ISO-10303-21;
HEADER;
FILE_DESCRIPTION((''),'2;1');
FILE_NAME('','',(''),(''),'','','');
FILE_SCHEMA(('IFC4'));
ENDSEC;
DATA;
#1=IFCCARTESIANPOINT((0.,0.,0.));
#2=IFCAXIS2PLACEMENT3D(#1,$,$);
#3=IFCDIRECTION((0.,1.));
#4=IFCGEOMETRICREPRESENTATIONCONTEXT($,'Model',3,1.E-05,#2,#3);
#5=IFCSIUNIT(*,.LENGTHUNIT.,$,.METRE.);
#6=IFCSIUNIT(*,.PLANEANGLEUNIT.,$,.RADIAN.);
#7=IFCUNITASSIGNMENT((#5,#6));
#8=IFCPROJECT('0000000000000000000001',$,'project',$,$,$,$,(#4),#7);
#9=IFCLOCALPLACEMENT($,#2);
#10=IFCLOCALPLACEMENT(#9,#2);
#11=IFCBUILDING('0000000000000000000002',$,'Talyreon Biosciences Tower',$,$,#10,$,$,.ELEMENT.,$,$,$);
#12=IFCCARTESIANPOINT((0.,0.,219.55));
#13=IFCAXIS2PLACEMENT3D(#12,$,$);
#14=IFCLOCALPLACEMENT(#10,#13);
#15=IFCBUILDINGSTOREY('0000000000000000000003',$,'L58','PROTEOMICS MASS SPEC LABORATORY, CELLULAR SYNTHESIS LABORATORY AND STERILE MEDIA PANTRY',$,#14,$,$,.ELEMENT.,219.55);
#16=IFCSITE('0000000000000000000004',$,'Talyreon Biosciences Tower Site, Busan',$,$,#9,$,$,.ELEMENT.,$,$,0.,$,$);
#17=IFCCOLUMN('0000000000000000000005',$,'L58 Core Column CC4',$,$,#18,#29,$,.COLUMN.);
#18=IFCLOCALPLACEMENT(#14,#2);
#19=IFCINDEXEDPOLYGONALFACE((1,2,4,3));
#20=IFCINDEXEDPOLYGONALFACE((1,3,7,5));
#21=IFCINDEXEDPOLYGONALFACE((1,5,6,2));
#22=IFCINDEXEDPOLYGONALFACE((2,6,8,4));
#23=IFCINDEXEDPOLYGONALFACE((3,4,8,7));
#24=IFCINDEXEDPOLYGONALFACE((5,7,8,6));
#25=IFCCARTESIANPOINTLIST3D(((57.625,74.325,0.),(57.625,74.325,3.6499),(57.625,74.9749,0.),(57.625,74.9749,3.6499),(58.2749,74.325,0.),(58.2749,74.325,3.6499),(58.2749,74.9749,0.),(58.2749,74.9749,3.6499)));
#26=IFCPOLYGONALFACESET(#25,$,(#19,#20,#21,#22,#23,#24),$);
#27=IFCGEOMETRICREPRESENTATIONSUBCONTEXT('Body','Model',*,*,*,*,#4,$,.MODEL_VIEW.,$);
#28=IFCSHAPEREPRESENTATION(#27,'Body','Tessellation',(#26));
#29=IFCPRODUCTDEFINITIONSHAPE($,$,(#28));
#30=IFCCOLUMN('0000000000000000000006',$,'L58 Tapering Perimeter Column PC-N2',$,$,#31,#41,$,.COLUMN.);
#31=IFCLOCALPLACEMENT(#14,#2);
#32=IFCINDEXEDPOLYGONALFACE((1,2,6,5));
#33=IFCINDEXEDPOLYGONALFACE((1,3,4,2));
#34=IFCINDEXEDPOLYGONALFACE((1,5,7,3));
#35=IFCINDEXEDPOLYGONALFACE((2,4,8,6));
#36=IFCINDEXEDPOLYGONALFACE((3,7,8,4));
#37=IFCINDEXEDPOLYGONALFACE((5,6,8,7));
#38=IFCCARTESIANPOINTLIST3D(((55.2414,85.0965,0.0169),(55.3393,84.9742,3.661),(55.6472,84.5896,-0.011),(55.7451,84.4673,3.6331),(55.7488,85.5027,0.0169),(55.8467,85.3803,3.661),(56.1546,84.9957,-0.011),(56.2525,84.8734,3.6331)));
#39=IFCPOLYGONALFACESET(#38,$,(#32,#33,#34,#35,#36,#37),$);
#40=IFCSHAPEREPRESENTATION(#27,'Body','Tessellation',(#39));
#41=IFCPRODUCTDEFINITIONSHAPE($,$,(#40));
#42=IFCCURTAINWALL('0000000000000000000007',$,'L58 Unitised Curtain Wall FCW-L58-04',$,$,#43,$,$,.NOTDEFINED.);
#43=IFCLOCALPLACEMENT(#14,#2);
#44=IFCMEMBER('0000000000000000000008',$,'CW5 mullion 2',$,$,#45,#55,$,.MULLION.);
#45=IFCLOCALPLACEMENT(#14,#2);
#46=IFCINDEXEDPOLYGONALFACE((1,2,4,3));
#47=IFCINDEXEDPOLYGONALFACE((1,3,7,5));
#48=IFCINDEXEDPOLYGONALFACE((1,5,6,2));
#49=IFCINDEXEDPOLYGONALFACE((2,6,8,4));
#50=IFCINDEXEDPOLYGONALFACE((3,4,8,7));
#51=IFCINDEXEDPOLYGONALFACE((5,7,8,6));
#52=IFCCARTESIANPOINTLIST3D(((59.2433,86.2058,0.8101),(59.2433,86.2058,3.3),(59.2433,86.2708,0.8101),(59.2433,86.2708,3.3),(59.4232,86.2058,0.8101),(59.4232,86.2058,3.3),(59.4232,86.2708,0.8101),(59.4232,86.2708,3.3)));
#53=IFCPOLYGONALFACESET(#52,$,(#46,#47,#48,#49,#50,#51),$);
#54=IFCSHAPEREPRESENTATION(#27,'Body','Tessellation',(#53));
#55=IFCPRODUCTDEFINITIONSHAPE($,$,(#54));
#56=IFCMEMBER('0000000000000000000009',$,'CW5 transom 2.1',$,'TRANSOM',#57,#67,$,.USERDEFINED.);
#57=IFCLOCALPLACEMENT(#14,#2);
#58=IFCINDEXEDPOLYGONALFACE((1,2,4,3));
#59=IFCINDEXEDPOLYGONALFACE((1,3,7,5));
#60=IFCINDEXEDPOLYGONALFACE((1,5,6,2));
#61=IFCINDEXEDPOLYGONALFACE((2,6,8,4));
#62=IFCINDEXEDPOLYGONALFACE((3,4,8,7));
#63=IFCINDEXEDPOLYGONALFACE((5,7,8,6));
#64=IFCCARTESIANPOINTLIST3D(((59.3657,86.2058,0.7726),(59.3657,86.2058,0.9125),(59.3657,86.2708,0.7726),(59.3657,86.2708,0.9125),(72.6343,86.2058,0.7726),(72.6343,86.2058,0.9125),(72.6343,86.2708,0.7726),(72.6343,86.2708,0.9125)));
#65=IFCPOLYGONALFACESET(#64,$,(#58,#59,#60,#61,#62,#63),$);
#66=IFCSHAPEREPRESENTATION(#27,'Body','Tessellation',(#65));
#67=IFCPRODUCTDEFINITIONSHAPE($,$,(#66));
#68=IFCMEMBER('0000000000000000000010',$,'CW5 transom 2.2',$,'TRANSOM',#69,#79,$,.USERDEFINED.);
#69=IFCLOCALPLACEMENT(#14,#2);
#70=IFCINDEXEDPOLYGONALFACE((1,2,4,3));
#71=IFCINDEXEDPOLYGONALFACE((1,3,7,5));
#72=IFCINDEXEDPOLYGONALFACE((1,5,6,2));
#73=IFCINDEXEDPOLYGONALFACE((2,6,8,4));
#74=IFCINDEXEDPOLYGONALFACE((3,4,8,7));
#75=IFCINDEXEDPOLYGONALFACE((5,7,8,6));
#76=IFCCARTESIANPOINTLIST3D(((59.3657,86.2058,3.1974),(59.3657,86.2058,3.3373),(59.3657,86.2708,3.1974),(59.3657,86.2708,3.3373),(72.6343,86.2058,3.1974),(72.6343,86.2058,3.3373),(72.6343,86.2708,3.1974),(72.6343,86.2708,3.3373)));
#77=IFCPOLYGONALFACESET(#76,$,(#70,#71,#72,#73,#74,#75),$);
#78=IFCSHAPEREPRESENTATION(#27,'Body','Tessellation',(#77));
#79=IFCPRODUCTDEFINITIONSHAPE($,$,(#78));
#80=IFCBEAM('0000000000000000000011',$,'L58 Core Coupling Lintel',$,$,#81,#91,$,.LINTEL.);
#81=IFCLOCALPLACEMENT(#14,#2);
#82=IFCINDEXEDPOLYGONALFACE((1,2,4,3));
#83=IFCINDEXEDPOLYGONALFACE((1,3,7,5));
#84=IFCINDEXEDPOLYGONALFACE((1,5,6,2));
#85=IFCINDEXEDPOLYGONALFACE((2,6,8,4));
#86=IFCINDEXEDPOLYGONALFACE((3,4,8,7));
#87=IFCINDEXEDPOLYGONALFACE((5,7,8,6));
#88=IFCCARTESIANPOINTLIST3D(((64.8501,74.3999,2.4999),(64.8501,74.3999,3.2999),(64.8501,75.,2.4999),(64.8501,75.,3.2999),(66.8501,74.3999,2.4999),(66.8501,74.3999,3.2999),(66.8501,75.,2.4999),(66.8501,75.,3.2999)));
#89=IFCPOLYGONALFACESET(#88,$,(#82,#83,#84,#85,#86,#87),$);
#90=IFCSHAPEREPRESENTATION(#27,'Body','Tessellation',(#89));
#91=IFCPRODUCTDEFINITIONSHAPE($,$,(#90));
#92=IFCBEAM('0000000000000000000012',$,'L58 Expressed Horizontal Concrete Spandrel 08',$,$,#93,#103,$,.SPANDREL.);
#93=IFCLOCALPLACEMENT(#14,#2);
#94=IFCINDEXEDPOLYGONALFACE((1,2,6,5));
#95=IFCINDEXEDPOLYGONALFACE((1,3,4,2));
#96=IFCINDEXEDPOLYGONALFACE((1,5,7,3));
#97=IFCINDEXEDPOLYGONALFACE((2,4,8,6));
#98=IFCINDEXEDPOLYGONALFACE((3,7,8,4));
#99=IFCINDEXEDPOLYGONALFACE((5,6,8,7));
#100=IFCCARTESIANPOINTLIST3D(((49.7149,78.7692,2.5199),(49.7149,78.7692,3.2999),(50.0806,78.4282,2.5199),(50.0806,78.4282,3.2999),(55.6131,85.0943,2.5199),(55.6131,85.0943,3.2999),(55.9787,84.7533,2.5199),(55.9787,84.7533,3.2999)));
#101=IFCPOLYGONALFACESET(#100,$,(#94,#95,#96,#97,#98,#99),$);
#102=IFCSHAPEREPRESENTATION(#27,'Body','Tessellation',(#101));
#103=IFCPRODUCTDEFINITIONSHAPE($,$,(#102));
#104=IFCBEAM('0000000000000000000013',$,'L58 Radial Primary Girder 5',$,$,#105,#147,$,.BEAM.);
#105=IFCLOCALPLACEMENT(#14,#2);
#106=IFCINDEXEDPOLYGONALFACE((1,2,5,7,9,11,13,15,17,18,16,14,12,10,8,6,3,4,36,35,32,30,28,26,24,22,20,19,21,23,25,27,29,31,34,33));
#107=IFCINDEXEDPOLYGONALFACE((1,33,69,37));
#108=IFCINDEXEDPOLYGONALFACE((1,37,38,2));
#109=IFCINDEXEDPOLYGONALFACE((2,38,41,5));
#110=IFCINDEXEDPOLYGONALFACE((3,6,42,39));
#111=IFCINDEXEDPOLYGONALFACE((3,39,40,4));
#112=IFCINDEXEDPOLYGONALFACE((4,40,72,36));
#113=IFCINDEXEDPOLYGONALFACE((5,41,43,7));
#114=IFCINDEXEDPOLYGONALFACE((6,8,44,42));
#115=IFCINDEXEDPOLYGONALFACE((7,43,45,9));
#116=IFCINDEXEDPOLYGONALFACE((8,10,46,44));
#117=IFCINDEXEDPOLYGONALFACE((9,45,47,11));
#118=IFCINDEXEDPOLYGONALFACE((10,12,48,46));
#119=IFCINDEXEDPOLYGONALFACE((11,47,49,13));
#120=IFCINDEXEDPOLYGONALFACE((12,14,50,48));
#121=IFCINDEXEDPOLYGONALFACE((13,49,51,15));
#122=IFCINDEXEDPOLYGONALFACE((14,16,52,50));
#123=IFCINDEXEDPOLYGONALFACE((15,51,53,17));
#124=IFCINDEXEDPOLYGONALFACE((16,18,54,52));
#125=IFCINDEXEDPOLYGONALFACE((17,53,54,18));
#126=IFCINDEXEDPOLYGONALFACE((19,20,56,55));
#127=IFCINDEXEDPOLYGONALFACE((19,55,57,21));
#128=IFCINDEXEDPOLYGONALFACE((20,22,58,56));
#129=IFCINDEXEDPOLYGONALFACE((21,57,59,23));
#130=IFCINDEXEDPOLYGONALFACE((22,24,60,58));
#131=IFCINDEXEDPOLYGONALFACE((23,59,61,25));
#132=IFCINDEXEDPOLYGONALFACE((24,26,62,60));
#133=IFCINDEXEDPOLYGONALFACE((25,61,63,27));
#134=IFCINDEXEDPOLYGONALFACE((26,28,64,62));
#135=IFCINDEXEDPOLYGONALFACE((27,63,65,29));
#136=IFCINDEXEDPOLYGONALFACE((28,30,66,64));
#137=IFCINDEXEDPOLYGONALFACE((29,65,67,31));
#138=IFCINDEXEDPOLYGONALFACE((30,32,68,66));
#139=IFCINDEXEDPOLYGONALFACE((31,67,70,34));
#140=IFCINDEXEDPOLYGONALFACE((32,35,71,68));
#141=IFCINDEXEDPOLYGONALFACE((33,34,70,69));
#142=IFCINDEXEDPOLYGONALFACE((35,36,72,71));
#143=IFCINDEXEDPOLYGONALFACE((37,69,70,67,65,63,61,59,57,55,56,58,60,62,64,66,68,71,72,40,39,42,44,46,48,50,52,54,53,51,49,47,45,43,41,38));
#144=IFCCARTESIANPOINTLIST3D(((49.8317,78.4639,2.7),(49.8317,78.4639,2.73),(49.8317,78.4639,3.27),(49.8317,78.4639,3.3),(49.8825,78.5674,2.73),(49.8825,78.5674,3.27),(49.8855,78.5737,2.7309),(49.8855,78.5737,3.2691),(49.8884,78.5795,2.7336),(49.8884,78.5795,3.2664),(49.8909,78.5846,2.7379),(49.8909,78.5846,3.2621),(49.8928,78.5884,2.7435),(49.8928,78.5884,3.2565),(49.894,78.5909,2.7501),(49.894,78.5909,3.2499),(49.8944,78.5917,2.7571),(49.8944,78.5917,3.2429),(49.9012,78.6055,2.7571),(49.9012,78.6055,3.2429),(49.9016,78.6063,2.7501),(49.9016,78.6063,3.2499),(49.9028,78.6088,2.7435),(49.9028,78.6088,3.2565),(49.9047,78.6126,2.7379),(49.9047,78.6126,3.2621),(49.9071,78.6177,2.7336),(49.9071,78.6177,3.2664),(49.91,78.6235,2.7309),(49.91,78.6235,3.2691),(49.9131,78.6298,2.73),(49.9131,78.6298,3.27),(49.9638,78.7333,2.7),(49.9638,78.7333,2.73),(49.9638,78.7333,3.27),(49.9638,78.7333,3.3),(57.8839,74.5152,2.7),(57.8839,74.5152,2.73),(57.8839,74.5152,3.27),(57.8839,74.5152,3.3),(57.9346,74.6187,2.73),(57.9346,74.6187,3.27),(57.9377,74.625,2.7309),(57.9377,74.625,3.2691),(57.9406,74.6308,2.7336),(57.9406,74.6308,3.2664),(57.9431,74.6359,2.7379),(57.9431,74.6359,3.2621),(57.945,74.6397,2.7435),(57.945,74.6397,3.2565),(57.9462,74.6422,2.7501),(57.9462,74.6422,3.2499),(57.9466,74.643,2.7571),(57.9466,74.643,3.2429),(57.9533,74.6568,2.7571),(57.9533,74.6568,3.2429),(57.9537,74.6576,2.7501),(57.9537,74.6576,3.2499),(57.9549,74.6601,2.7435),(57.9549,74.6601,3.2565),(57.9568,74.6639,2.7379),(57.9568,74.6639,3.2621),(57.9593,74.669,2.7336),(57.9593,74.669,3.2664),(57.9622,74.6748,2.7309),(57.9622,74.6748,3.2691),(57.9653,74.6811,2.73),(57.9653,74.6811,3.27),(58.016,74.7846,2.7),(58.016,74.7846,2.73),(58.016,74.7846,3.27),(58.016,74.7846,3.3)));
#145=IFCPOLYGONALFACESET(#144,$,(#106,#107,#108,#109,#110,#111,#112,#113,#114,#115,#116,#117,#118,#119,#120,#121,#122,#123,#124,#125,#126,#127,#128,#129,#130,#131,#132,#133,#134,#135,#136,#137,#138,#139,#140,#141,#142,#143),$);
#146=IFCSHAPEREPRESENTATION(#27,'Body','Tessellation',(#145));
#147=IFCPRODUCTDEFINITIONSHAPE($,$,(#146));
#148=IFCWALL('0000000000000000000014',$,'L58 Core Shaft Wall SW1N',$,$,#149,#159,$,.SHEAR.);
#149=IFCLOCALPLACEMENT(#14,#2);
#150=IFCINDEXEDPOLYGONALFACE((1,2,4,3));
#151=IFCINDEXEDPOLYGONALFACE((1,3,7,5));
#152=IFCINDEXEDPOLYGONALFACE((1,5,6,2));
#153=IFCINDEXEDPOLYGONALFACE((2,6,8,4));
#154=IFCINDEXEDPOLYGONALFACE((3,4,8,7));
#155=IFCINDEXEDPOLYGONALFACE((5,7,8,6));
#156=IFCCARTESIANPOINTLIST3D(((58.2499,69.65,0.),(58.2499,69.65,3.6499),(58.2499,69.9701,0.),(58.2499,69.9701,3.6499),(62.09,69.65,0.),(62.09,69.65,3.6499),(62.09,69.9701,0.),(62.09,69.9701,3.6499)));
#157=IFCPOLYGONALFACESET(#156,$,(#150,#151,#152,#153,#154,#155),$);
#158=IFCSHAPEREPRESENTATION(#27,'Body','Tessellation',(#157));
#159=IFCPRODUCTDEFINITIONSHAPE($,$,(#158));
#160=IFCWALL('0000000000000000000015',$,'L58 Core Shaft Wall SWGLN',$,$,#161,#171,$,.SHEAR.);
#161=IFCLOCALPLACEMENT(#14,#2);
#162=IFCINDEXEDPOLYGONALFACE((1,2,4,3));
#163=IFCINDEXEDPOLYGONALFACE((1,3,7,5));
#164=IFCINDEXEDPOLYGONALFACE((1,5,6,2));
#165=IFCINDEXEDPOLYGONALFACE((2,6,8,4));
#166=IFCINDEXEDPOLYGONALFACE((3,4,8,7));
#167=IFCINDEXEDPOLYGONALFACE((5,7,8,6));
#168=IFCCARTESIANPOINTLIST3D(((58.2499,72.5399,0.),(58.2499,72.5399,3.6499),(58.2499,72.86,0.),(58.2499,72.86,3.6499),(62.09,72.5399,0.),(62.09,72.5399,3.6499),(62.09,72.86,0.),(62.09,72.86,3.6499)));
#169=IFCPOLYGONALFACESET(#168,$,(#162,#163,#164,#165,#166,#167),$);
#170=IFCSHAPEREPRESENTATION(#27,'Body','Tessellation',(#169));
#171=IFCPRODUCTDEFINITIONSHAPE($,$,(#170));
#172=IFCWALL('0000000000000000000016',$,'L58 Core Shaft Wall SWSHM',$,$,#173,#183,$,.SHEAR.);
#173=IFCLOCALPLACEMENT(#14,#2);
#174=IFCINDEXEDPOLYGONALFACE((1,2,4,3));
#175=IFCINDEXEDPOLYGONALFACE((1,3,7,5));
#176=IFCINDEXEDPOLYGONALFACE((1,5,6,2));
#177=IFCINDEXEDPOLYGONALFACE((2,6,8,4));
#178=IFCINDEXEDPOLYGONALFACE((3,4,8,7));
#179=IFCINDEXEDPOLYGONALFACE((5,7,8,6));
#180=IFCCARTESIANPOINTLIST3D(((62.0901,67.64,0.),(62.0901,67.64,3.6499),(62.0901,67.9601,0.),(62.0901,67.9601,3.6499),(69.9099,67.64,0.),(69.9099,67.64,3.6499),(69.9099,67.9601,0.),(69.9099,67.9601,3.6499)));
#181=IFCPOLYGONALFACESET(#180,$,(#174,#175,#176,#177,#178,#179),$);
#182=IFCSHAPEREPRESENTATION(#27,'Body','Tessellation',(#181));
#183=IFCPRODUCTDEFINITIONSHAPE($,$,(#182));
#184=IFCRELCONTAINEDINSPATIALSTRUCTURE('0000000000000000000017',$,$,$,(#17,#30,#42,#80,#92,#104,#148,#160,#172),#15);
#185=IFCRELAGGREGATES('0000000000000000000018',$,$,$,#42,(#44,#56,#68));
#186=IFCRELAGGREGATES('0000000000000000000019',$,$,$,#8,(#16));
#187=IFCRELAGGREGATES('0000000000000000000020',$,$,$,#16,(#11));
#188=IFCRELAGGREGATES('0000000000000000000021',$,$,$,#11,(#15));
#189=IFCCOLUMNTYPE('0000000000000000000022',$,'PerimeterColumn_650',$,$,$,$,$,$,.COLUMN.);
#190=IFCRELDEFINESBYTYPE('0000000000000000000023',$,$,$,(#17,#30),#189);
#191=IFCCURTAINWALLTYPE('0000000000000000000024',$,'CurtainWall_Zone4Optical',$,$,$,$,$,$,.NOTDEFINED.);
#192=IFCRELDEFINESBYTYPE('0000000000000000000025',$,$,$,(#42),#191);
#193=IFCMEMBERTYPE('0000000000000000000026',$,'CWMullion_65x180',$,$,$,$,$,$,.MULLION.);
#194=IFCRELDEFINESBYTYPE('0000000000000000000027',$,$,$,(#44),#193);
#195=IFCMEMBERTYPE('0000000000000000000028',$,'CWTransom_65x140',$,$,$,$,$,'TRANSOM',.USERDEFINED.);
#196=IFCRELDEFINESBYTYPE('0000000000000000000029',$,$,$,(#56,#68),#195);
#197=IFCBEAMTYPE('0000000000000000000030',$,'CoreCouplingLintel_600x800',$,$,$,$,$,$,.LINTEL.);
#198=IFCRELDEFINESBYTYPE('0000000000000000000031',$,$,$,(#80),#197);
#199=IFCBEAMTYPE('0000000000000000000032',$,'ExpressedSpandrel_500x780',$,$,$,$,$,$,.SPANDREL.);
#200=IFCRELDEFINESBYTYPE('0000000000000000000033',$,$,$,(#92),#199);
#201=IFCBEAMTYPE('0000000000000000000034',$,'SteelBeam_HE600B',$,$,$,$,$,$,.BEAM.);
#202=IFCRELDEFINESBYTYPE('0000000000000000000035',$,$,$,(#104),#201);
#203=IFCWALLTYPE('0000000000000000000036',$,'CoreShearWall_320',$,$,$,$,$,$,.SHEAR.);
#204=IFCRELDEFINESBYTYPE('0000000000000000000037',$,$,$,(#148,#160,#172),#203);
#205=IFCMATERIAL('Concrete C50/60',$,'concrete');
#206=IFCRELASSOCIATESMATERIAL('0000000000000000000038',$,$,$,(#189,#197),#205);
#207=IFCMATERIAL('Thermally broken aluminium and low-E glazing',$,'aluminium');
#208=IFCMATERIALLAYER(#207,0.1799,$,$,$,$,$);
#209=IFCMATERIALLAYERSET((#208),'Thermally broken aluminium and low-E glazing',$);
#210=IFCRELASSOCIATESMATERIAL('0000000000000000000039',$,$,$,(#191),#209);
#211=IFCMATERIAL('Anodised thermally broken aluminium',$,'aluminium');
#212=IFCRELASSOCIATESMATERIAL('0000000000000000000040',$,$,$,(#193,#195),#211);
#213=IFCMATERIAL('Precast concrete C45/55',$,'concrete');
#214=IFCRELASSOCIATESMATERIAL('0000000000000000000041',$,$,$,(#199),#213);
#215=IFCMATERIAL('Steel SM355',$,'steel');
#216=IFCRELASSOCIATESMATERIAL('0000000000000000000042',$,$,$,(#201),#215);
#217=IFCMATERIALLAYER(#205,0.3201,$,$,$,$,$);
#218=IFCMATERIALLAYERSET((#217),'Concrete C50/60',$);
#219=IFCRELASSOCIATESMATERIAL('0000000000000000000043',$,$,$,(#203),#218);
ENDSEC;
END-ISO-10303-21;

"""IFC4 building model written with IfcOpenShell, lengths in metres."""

from ifc_helpers import new_model, si_unit, direction, frame, frame_2d, origin, origin_2d, place, context, subcontext, project, spatial, rectangle, i_section, extrude, material, layer, layer_set, material_profile, profile_set, type_object, element, aggregate, save


model = new_model("IFC4")

# Units and contexts
model_context = context("Model", 3, precision=1e-05, world=origin(), true_north=direction((0.0, 1.0)))
body_context = subcontext(model_context, "Body", "Model", "MODEL_VIEW")
ifc_project = project(units=[si_unit("LENGTHUNIT", "METRE"), si_unit("PLANEANGLEUNIT", "RADIAN")], contexts=[model_context])

# Site, building, storey
site_placement = place(None, origin())
site = spatial("IfcSite", under=ifc_project, at=site_placement, Name="Talyreon Biosciences Tower Site, Busan", CompositionType="ELEMENT", RefElevation=0.0)
building_placement = place(site_placement, origin())
building = spatial("IfcBuilding", under=site, at=building_placement, Name="Talyreon Biosciences Tower", CompositionType="ELEMENT")
storey_placement = place(building_placement, frame((0.0, 0.0, 219.55)))
storey = spatial("IfcBuildingStorey", under=building, at=storey_placement, Name="L58", Description="PROTEOMICS MASS SPEC LABORATORY, CELLULAR SYNTHESIS LABORATORY AND STERILE MEDIA PANTRY", CompositionType="ELEMENT", Elevation=219.55)

# Columns
ifc_material_1 = material(Name="Concrete C50/60", Category="concrete")
ifc_material_profile_1 = material_profile(ifc_material_1, rectangle(XDim=0.6499, YDim=0.6499, at=origin_2d()), Name="RC 650x650")
ifc_profile_set_1 = profile_set([ifc_material_profile_1], Name="Concrete C50/60")
column_type = type_object("IfcColumnType", Name="PerimeterColumn_650", PredefinedType="COLUMN", material=ifc_profile_set_1)
column_1_placement = place(storey_placement, frame((57.95, 74.6499, 0.0), z_axis=(0.0, 0.0, 1.0), x_axis=(1.0, 0.0, 0.0)))
element("IfcColumn", 1, at=column_1_placement, inside=storey, type_object=column_type, Name="L58 Core Column CC4", PredefinedType="COLUMN", context=body_context, shape_type="SweptSolid", body=[
    extrude(rectangle(XDim=0.6499, YDim=0.6499, at=origin_2d()), origin(), (0.0, 0.0, 1.0), 3.6499),
])
column_2_placement = place(storey_placement, frame((55.698, 85.0461, 0.0029), z_axis=(0.026841, -0.033535, 0.999077), x_axis=(-0.780717, -0.624885, 0.0)))
element("IfcColumn", 2, at=column_2_placement, inside=storey, type_object=column_type, Name="L58 Tapering Perimeter Column PC-N2", PredefinedType="COLUMN", context=body_context, shape_type="SweptSolid", body=[
    extrude(rectangle(XDim=0.6499, YDim=0.6499, at=origin_2d()), origin(), (0.0, 0.0, 1.0), 3.6475),
])

# Curtain wall, members
ifc_material_2 = material(Name="Thermally broken aluminium and low-E glazing", Category="aluminium")
ifc_layer_1 = layer(ifc_material_2, 0.1799)
ifc_layer_set_1 = layer_set([ifc_layer_1], Name="Thermally broken aluminium and low-E glazing")
curtain_wall_type = type_object("IfcCurtainWallType", Name="CurtainWall_Zone4Optical", PredefinedType="NOTDEFINED", material=ifc_layer_set_1)
curtain_wall_placement = place(storey_placement, origin())
curtain_wall = element("IfcCurtainWall", 3, at=curtain_wall_placement, inside=storey, type_object=curtain_wall_type, Name="L58 Unitised Curtain Wall FCW-L58-04", PredefinedType="NOTDEFINED")
ifc_material_3 = material(Name="Anodised thermally broken aluminium", Category="aluminium")
ifc_material_profile_2 = material_profile(ifc_material_3, rectangle(XDim=0.0649, YDim=0.1799, at=origin_2d()), Name="ALUM MULLION 65x180")
ifc_profile_set_2 = profile_set([ifc_material_profile_2], Name="Anodised thermally broken aluminium")
member_type_1 = type_object("IfcMemberType", Name="CWMullion_65x180", PredefinedType="MULLION", material=ifc_profile_set_2)
member_1_placement = place(storey_placement, frame((59.3333, 86.2383, 0.8101), z_axis=(0.0, 0.0, 1.0), x_axis=(0.0, 1.0, 0.0)))
member_1 = element("IfcMember", 4, at=member_1_placement, type_object=member_type_1, Name="CW5 mullion 2", PredefinedType="MULLION", context=body_context, shape_type="SweptSolid", body=[
    extrude(rectangle(XDim=0.0649, YDim=0.1799, at=origin_2d()), origin(), (0.0, 0.0, 1.0), 2.49),
])
ifc_material_profile_3 = material_profile(ifc_material_3, rectangle(XDim=0.0649, YDim=0.1399, at=origin_2d()), Name="ALUM TRANSOM 65x140")
ifc_profile_set_3 = profile_set([ifc_material_profile_3], Name="Anodised thermally broken aluminium")
member_type_2 = type_object("IfcMemberType", Name="CWTransom_65x140", ElementType="TRANSOM", PredefinedType="USERDEFINED", material=ifc_profile_set_3)
member_2_placement = place(storey_placement, frame((59.3657, 86.2383, 0.8425), z_axis=(1.0, 0.0, 0.0), x_axis=(0.0, 1.0, 0.0)))
member_2 = element("IfcMember", 5, at=member_2_placement, type_object=member_type_2, Name="CW5 transom 2.1", ObjectType="TRANSOM", PredefinedType="USERDEFINED", context=body_context, shape_type="SweptSolid", body=[
    extrude(rectangle(XDim=0.0649, YDim=0.1399, at=origin_2d()), origin(), (0.0, 0.0, 1.0), 13.2686),
])
member_3_placement = place(storey_placement, frame((59.3657, 86.2383, 3.2673), z_axis=(1.0, 0.0, 0.0), x_axis=(0.0, 1.0, 0.0)))
member_3 = element("IfcMember", 6, at=member_3_placement, type_object=member_type_2, Name="CW5 transom 2.2", ObjectType="TRANSOM", PredefinedType="USERDEFINED", context=body_context, shape_type="SweptSolid", body=[
    extrude(rectangle(XDim=0.0649, YDim=0.1399, at=origin_2d()), origin(), (0.0, 0.0, 1.0), 13.2686),
])
aggregate(curtain_wall, [member_1, member_2, member_3])

# Beams
ifc_material_profile_4 = material_profile(ifc_material_1, rectangle(XDim=0.6001, YDim=0.8, at=origin_2d()), Name="RCB 600x800")
ifc_profile_set_4 = profile_set([ifc_material_profile_4], Name="Concrete C50/60")
beam_type_1 = type_object("IfcBeamType", Name="CoreCouplingLintel_600x800", PredefinedType="LINTEL", material=ifc_profile_set_4)
beam_1_placement = place(storey_placement, frame((64.8501, 74.7, 2.8999), z_axis=(1.0, 0.0, 0.0), x_axis=(0.0, 1.0, 0.0)))
element("IfcBeam", 7, at=beam_1_placement, inside=storey, type_object=beam_type_1, Name="L58 Core Coupling Lintel", PredefinedType="LINTEL", context=body_context, shape_type="SweptSolid", body=[
    extrude(rectangle(XDim=0.6001, YDim=0.8, at=origin_2d()), origin(), (0.0, 0.0, 1.0), 2.0),
])
ifc_material_4 = material(Name="Precast concrete C45/55", Category="concrete")
ifc_material_profile_5 = material_profile(ifc_material_4, rectangle(XDim=0.5, YDim=0.78, at=origin_2d()), Name="RCB 500x780")
ifc_profile_set_5 = profile_set([ifc_material_profile_5], Name="Precast concrete C45/55")
beam_type_2 = type_object("IfcBeamType", Name="ExpressedSpandrel_500x780", PredefinedType="SPANDREL", material=ifc_profile_set_5)
beam_2_placement = place(storey_placement, frame((55.7959, 84.9238, 2.9099), z_axis=(-0.681989, -0.731362, 0.0), x_axis=(0.731362, -0.681989, 0.0)))
element("IfcBeam", 8, at=beam_2_placement, inside=storey, type_object=beam_type_2, Name="L58 Expressed Horizontal Concrete Spandrel 08", PredefinedType="SPANDREL", context=body_context, shape_type="SweptSolid", body=[
    extrude(rectangle(XDim=0.5, YDim=0.78, at=origin_2d()), origin(), (0.0, 0.0, 1.0), 8.6484),
])
ifc_material_5 = material(Name="Steel SM355", Category="steel")
ifc_material_profile_6 = material_profile(ifc_material_5, i_section(OverallWidth=0.3, OverallDepth=0.6001, WebThickness=0.0154, FlangeThickness=0.03, FilletRadius=0.0271, at=origin_2d()), Name="HE600B")
ifc_profile_set_6 = profile_set([ifc_material_profile_6], Name="Steel SM355")
beam_type_3 = type_object("IfcBeamType", Name="SteelBeam_HE600B", PredefinedType="BEAM", material=ifc_profile_set_6)
beam_3_placement = place(storey_placement, frame((57.95, 74.6499, 3.0), z_axis=(-0.897852, 0.440297, 0.0), x_axis=(-0.440297, -0.897852, 0.0)))
element("IfcBeam", 9, at=beam_3_placement, inside=storey, type_object=beam_type_3, Name="L58 Radial Primary Girder 5", PredefinedType="BEAM", context=body_context, shape_type="SweptSolid", body=[
    extrude(i_section(OverallWidth=0.3, OverallDepth=0.6001, WebThickness=0.0154, FlangeThickness=0.03, FilletRadius=0.0271, at=origin_2d()), origin(), (0.0, 0.0, 1.0), 8.9683),
])

# Walls
ifc_layer_2 = layer(ifc_material_1, 0.3201)
ifc_layer_set_2 = layer_set([ifc_layer_2], Name="Concrete C50/60")
wall_type_1 = type_object("IfcWallType", Name="CoreShearWall_320", PredefinedType="SHEAR", material=ifc_layer_set_2)
for number, where, z_axis, x_axis, name in (
    (10, (58.25, 69.8101, 0.0), (0.0, 0.0, 1.0), (1.0, 0.0, 0.0), "L58 Core Shaft Wall SW1N"),
    (11, (58.25, 72.7, 0.0), (0.0, 0.0, 1.0), (1.0, 0.0, 0.0), "L58 Core Shaft Wall SWGLN"),
):
    element("IfcWall", number, at=place(storey_placement, frame(where, z_axis=z_axis, x_axis=x_axis)), inside=storey, type_object=wall_type_1, Name=name, PredefinedType="SHEAR", context=body_context, shape_type="SweptSolid", body=[
        extrude(rectangle(XDim=3.8401, YDim=0.3201, at=frame_2d((1.9199, 0.0))), origin(), (0.0, 0.0, 1.0), 3.6499),
    ])
wall_1_placement = place(storey_placement, frame((62.0901, 67.8, 0.0), z_axis=(0.0, 0.0, 1.0), x_axis=(1.0, 0.0, 0.0)))
element("IfcWall", 12, at=wall_1_placement, inside=storey, type_object=wall_type_1, Name="L58 Core Shaft Wall SWSHM", PredefinedType="SHEAR", context=body_context, shape_type="SweptSolid", body=[
    extrude(rectangle(XDim=7.8198, YDim=0.3201, at=frame_2d((3.9099, 0.0))), origin(), (0.0, 0.0, 1.0), 3.6499),
])

save(model, "model.ifc")
